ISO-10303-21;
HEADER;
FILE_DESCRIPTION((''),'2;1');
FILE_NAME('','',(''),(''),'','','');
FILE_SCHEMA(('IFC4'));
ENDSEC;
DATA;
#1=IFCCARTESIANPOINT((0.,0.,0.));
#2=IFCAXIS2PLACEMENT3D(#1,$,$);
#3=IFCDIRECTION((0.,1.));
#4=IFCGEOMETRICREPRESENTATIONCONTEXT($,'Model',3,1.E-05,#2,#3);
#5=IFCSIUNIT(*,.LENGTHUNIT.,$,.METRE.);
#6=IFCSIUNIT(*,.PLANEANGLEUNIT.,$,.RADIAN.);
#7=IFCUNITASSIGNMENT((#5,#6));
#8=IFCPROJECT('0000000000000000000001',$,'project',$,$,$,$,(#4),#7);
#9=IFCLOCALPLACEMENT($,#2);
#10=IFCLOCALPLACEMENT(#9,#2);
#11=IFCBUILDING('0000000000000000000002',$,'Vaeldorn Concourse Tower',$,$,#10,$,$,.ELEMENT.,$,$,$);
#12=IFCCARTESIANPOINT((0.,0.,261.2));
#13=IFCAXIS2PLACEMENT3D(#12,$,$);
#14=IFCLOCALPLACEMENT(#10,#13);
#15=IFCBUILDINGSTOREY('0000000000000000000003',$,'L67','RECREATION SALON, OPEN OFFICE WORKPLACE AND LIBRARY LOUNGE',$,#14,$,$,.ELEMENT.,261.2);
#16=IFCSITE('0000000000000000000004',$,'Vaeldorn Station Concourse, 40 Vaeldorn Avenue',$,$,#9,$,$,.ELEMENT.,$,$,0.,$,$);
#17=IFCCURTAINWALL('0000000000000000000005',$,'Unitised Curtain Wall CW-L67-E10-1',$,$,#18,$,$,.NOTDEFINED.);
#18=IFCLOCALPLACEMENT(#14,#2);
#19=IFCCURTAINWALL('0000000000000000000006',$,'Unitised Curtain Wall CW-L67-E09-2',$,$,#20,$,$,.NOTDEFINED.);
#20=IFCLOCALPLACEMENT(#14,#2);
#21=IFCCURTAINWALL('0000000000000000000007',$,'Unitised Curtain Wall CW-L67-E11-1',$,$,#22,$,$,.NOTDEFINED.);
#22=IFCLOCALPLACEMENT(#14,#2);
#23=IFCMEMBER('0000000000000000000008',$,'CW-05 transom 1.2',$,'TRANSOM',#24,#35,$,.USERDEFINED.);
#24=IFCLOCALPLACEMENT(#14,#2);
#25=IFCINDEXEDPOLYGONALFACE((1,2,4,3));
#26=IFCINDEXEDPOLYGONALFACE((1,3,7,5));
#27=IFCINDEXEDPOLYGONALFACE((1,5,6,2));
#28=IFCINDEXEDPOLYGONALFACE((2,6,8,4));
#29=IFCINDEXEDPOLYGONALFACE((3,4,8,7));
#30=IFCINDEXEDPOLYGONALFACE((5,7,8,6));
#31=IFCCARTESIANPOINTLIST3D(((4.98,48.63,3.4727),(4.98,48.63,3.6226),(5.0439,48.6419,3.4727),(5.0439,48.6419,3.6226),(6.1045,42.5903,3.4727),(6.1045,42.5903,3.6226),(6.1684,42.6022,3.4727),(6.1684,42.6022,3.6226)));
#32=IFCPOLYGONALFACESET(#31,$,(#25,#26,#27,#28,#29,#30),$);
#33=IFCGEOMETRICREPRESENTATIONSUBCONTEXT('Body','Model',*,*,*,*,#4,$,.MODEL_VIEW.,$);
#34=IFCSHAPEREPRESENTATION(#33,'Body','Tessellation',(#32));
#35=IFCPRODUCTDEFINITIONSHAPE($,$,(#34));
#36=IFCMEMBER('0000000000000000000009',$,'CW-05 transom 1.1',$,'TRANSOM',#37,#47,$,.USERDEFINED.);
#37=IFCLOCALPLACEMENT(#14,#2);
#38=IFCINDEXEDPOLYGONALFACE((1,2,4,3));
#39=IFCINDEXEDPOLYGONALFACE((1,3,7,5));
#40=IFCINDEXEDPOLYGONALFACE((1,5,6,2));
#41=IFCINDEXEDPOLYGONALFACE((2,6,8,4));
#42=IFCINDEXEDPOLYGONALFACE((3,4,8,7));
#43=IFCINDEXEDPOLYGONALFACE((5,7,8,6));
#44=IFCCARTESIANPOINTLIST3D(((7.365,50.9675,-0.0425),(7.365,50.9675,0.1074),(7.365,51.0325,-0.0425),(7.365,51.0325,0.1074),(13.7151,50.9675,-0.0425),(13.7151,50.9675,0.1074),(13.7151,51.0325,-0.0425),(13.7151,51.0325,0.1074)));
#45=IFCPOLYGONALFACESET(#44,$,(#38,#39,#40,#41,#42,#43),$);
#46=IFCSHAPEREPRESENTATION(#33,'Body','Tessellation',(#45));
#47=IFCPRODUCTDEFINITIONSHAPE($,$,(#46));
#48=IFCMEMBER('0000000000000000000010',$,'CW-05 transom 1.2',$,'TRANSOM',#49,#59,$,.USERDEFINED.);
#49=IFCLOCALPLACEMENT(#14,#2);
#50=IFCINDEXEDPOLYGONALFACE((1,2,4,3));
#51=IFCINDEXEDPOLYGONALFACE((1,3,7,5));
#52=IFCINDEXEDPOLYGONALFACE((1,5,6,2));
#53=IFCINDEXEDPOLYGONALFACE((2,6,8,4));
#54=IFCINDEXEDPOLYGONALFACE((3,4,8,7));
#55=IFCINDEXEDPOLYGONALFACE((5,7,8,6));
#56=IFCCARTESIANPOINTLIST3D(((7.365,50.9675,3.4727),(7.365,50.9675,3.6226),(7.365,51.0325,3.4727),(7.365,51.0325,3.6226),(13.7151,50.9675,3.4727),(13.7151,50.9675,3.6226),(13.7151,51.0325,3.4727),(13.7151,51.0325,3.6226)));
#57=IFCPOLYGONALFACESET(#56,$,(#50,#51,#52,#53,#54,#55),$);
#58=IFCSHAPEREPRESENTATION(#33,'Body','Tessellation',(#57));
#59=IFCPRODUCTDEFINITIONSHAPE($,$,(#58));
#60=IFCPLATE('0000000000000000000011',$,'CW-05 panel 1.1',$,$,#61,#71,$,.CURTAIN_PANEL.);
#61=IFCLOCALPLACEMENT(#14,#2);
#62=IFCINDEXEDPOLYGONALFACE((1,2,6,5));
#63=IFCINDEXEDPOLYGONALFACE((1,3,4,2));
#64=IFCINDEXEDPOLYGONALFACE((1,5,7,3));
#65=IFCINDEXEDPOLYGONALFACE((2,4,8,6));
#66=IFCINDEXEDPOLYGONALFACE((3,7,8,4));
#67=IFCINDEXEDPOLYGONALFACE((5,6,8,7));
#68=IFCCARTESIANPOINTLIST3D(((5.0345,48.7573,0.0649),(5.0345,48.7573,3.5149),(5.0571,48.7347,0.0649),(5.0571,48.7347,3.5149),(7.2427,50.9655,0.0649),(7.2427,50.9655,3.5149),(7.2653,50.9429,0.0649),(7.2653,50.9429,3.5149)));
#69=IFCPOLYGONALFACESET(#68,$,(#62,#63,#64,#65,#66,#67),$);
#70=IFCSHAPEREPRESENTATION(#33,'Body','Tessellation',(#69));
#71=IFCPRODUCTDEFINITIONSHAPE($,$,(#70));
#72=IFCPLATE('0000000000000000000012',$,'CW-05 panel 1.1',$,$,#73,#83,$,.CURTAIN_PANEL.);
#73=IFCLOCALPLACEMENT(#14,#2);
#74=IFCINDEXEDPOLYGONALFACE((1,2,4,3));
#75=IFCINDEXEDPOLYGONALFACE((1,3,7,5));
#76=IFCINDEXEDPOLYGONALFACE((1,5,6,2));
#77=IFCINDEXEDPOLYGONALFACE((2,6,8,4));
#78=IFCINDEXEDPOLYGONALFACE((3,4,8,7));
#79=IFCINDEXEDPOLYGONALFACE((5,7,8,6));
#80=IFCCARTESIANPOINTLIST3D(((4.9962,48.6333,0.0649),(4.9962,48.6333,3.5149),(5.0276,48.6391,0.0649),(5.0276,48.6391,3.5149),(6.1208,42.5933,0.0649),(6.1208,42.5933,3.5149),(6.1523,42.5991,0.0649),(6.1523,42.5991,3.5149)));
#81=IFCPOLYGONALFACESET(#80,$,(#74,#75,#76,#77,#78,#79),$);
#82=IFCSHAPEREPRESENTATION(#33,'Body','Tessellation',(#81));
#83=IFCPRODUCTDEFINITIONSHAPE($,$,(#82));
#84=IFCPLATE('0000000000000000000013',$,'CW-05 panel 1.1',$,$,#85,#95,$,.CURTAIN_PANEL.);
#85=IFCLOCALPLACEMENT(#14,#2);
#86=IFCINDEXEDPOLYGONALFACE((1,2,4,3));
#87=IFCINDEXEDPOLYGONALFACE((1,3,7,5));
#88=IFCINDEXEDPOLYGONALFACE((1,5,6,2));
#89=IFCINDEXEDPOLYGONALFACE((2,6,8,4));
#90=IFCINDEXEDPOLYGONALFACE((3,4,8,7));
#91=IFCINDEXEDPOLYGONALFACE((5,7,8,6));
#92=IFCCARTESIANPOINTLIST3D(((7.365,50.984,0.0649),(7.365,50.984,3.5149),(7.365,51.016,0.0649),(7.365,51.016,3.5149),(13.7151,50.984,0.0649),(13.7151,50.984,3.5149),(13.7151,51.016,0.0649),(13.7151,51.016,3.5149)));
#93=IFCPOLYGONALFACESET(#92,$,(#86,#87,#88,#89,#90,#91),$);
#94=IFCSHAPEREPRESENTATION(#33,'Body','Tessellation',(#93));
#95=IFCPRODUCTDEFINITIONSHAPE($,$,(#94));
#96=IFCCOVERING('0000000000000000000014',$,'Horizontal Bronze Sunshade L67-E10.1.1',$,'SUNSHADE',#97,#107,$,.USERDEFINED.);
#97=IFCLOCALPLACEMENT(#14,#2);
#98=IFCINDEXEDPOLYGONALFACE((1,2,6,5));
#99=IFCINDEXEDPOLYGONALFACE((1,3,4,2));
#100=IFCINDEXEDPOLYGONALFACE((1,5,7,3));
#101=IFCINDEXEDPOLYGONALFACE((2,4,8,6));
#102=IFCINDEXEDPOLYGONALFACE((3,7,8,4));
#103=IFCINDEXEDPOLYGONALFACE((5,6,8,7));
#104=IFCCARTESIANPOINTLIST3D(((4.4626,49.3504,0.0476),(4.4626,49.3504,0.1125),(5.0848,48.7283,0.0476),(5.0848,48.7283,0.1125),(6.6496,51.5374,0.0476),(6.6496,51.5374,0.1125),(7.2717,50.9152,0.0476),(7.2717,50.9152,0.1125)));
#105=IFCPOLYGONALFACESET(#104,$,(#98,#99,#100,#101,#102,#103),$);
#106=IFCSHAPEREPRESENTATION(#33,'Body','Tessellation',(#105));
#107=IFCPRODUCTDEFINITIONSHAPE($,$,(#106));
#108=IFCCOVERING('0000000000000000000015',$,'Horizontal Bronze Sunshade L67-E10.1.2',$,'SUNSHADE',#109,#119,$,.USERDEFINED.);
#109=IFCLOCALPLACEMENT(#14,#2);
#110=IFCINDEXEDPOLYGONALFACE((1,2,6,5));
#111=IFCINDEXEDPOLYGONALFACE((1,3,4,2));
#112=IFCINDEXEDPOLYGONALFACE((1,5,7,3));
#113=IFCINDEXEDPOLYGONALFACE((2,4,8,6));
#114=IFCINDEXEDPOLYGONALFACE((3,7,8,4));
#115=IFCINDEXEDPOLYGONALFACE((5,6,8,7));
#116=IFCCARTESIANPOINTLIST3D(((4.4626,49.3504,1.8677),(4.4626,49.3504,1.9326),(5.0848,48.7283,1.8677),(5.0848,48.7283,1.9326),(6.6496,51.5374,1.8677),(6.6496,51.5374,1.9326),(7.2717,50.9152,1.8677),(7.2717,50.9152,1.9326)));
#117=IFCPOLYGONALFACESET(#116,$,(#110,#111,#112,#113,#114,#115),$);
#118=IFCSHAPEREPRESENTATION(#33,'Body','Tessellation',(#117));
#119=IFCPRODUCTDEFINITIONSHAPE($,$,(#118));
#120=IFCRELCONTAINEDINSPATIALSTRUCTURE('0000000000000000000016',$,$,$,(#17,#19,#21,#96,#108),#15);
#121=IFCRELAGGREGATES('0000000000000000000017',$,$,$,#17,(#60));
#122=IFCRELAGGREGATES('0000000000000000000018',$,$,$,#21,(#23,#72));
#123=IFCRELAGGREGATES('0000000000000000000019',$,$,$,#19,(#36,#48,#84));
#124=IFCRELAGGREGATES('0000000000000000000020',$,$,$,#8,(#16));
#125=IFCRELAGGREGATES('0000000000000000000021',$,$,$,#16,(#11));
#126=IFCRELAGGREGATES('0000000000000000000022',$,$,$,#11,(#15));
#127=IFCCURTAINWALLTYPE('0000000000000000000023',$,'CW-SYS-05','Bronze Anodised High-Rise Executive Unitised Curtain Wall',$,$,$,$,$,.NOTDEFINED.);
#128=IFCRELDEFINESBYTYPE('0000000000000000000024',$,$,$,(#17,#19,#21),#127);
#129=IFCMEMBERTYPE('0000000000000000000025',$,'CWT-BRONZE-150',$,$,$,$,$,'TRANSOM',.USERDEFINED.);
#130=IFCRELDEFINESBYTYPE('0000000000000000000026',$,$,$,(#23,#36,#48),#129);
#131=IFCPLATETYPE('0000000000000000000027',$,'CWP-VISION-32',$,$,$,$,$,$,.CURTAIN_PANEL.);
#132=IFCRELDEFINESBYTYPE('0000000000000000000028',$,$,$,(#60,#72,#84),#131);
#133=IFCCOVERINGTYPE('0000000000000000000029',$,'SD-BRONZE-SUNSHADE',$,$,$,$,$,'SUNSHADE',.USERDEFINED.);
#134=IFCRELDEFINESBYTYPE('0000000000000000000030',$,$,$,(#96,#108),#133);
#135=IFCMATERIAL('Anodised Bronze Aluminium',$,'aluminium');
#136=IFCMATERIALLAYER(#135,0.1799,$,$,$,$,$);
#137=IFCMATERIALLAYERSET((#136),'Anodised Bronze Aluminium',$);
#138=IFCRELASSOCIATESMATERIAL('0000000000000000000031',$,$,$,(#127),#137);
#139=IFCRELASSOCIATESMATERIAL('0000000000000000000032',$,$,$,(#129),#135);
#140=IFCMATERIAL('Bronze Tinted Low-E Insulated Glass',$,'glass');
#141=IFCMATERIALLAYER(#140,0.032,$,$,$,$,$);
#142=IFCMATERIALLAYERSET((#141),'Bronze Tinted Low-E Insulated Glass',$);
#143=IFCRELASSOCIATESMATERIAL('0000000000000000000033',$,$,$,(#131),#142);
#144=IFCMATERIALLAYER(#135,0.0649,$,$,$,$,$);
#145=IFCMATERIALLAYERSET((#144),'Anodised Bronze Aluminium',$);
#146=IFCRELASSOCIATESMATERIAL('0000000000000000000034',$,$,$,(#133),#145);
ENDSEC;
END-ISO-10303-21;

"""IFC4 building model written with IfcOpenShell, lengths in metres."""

from ifc_helpers import new_model, si_unit, direction, frame, origin, origin_2d, place, context, subcontext, project, spatial, rectangle, extrude, source, transform, mapped, material, layer, layer_set, material_profile, profile_set, type_object, element, aggregate, save


model = new_model("IFC4")

# Units and contexts
model_context = context("Model", 3, precision=1e-05, world=origin(), true_north=direction((0.0, 1.0)))
body_context = subcontext(model_context, "Body", "Model", "MODEL_VIEW")
ifc_project = project(units=[si_unit("LENGTHUNIT", "METRE"), si_unit("PLANEANGLEUNIT", "RADIAN")], contexts=[model_context])

# Site, building, storey
site_placement = place(None, origin())
site = spatial("IfcSite", under=ifc_project, at=site_placement, Name="Vaeldorn Station Concourse, 40 Vaeldorn Avenue", CompositionType="ELEMENT", RefElevation=0.0)
building_placement = place(site_placement, origin())
building = spatial("IfcBuilding", under=site, at=building_placement, Name="Vaeldorn Concourse Tower", CompositionType="ELEMENT")
storey_placement = place(building_placement, frame((0.0, 0.0, 261.2)))
storey = spatial("IfcBuildingStorey", under=building, at=storey_placement, Name="L67", Description="RECREATION SALON, OPEN OFFICE WORKPLACE AND LIBRARY LOUNGE", CompositionType="ELEMENT", Elevation=261.2)

# Curtain walls
ifc_material_1 = material(Name="Anodised Bronze Aluminium", Category="aluminium")
ifc_layer_1 = layer(ifc_material_1, 0.1799)
ifc_layer_set_1 = layer_set([ifc_layer_1], Name="Anodised Bronze Aluminium")
curtain_wall_type = type_object("IfcCurtainWallType", Name="CW-SYS-05", Description="Bronze Anodised High-Rise Executive Unitised Curtain Wall", PredefinedType="NOTDEFINED", material=ifc_layer_set_1)
curtain_wall_1_placement = place(storey_placement, origin())
curtain_wall_1 = element("IfcCurtainWall", 1, at=curtain_wall_1_placement, inside=storey, type_object=curtain_wall_type, Name="Unitised Curtain Wall CW-L67-E10-1", PredefinedType="NOTDEFINED")
ifc_material_profile_1 = material_profile(ifc_material_1, rectangle(XDim=0.0649, YDim=0.1499, at=origin_2d()), Name="CWT 65x150")
ifc_profile_set_1 = profile_set([ifc_material_profile_1], Name="Anodised Bronze Aluminium")
member_type_1 = type_object("IfcMemberType", Name="CWT-BRONZE-150", ElementType="TRANSOM", PredefinedType="USERDEFINED", material=ifc_profile_set_1)
curtain_wall_2_placement = place(storey_placement, origin())
curtain_wall_2 = element("IfcCurtainWall", 2, at=curtain_wall_2_placement, inside=storey, type_object=curtain_wall_type, Name="Unitised Curtain Wall CW-L67-E09-2", PredefinedType="NOTDEFINED")

# Curtain wall, member
curtain_wall_3_placement = place(storey_placement, origin())
curtain_wall_3 = element("IfcCurtainWall", 3, at=curtain_wall_3_placement, inside=storey, type_object=curtain_wall_type, Name="Unitised Curtain Wall CW-L67-E11-1", PredefinedType="NOTDEFINED")
shared_shape_1 = source(origin(), body_context, "Body", "SweptSolid", [
    extrude(rectangle(XDim=0.0649, YDim=0.1499, at=origin_2d()), origin(), (0.0, 0.0, 1.0), 6.1436),
])
member_1_placement = place(storey_placement, frame((5.012, 48.636, 3.5476), z_axis=(0.183038, -0.983106, 0.0), x_axis=(0.983106, 0.183038, 0.0)))
member_1 = element("IfcMember", 4, at=member_1_placement, type_object=member_type_1, Name="CW-05 transom 1.2", ObjectType="TRANSOM", PredefinedType="USERDEFINED", context=body_context, shape_type="MappedRepresentation", body=[
    mapped(shared_shape_1, transform((0.0, 0.0, 0.0), scale=1.0)),
])

# Members
shared_shape_2 = source(origin(), body_context, "Body", "SweptSolid", [
    extrude(rectangle(XDim=0.0649, YDim=0.1499, at=origin_2d()), origin(), (0.0, 0.0, 1.0), 6.3501),
])
member_2_placement = place(storey_placement, frame((13.7151, 51.0, 0.0325), z_axis=(-1.0, 0.0, 0.0), x_axis=(0.0, -1.0, 0.0)))
member_2 = element("IfcMember", 5, at=member_2_placement, type_object=member_type_1, Name="CW-05 transom 1.1", ObjectType="TRANSOM", PredefinedType="USERDEFINED", context=body_context, shape_type="MappedRepresentation", body=[
    mapped(shared_shape_2, transform((0.0, 0.0, 0.0), scale=1.0)),
])
member_3_placement = place(storey_placement, frame((13.7151, 51.0, 3.5476), z_axis=(-1.0, 0.0, 0.0), x_axis=(0.0, -1.0, 0.0)))
member_3 = element("IfcMember", 6, at=member_3_placement, type_object=member_type_1, Name="CW-05 transom 1.2", ObjectType="TRANSOM", PredefinedType="USERDEFINED", context=body_context, shape_type="MappedRepresentation", body=[
    mapped(shared_shape_2, transform((0.0, 0.0, 0.0), scale=1.0)),
])

# Plates
ifc_material_2 = material(Name="Bronze Tinted Low-E Insulated Glass", Category="glass")
ifc_layer_2 = layer(ifc_material_2, 0.032)
ifc_layer_set_2 = layer_set([ifc_layer_2], Name="Bronze Tinted Low-E Insulated Glass")
plate_type = type_object("IfcPlateType", Name="CWP-VISION-32", PredefinedType="CURTAIN_PANEL", material=ifc_layer_set_2)
shared_shape_3 = source(origin(), body_context, "Body", "SweptSolid", [
    extrude(rectangle(XDim=3.1228, YDim=0.032, at=origin_2d()), origin(), (0.0, 0.0, 1.0), 3.45),
])
plate_1_placement = place(storey_placement, frame((6.1499, 49.8501, 0.0649), z_axis=(0.0, 0.0, 1.0), x_axis=(-0.707107, -0.707107, 0.0)))
plate_1 = element("IfcPlate", 7, at=plate_1_placement, type_object=plate_type, Name="CW-05 panel 1.1", PredefinedType="CURTAIN_PANEL", context=body_context, shape_type="MappedRepresentation", body=[
    mapped(shared_shape_3, transform((0.0, 0.0, 0.0), scale=1.0)),
])
aggregate(curtain_wall_1, [plate_1])
shared_shape_4 = source(origin(), body_context, "Body", "SweptSolid", [
    extrude(rectangle(XDim=6.1438, YDim=0.032, at=origin_2d()), origin(), (0.0, 0.0, 1.0), 3.45),
])
plate_2_placement = place(storey_placement, frame((5.5742, 45.6162, 0.0649), z_axis=(0.0, 0.0, 1.0), x_axis=(0.183054, -0.983103, 0.0)))
plate_2 = element("IfcPlate", 8, at=plate_2_placement, type_object=plate_type, Name="CW-05 panel 1.1", PredefinedType="CURTAIN_PANEL", context=body_context, shape_type="MappedRepresentation", body=[
    mapped(shared_shape_4, transform((0.0, 0.0, 0.0), scale=1.0)),
])
aggregate(curtain_wall_3, [member_1, plate_2])
shared_shape_5 = source(origin(), body_context, "Body", "SweptSolid", [
    extrude(rectangle(XDim=6.3501, YDim=0.032, at=origin_2d()), origin(), (0.0, 0.0, 1.0), 3.45),
])
plate_3_placement = place(storey_placement, frame((10.54, 51.0, 0.0649), z_axis=(0.0, 0.0, 1.0), x_axis=(-1.0, 0.0, 0.0)))
plate_3 = element("IfcPlate", 9, at=plate_3_placement, type_object=plate_type, Name="CW-05 panel 1.1", PredefinedType="CURTAIN_PANEL", context=body_context, shape_type="MappedRepresentation", body=[
    mapped(shared_shape_5, transform((0.0, 0.0, 0.0), scale=1.0)),
])
aggregate(curtain_wall_2, [member_2, member_3, plate_3])

# Coverings
ifc_layer_3 = layer(ifc_material_1, 0.0649)
ifc_layer_set_3 = layer_set([ifc_layer_3], Name="Anodised Bronze Aluminium")
covering_type = type_object("IfcCoveringType", Name="SD-BRONZE-SUNSHADE", ElementType="SUNSHADE", PredefinedType="USERDEFINED", material=ifc_layer_set_3)
shared_shape_6 = source(origin(), body_context, "Body", "SweptSolid", [
    extrude(rectangle(XDim=3.0928, YDim=0.8799, at=origin_2d()), origin(), (0.0, 0.0, 1.0), 0.0649),
])
for number, where, z_axis, x_axis, name in (
    (10, (5.8672, 50.1328, 0.0476), (0.0, 0.0, 1.0), (-0.707107, -0.707107, 0.0), "Horizontal Bronze Sunshade L67-E10.1.1"),
    (11, (5.8672, 50.1328, 1.8677), (0.0, 0.0, 1.0), (-0.707107, -0.707107, 0.0), "Horizontal Bronze Sunshade L67-E10.1.2"),
):
    element("IfcCovering", number, at=place(storey_placement, frame(where, z_axis=z_axis, x_axis=x_axis)), inside=storey, type_object=covering_type, Name=name, ObjectType="SUNSHADE", PredefinedType="USERDEFINED", context=body_context, shape_type="MappedRepresentation", body=[
        mapped(shared_shape_6, transform((0.0, 0.0, 0.0), scale=1.0)),
    ])

save(model, "model.ifc")
